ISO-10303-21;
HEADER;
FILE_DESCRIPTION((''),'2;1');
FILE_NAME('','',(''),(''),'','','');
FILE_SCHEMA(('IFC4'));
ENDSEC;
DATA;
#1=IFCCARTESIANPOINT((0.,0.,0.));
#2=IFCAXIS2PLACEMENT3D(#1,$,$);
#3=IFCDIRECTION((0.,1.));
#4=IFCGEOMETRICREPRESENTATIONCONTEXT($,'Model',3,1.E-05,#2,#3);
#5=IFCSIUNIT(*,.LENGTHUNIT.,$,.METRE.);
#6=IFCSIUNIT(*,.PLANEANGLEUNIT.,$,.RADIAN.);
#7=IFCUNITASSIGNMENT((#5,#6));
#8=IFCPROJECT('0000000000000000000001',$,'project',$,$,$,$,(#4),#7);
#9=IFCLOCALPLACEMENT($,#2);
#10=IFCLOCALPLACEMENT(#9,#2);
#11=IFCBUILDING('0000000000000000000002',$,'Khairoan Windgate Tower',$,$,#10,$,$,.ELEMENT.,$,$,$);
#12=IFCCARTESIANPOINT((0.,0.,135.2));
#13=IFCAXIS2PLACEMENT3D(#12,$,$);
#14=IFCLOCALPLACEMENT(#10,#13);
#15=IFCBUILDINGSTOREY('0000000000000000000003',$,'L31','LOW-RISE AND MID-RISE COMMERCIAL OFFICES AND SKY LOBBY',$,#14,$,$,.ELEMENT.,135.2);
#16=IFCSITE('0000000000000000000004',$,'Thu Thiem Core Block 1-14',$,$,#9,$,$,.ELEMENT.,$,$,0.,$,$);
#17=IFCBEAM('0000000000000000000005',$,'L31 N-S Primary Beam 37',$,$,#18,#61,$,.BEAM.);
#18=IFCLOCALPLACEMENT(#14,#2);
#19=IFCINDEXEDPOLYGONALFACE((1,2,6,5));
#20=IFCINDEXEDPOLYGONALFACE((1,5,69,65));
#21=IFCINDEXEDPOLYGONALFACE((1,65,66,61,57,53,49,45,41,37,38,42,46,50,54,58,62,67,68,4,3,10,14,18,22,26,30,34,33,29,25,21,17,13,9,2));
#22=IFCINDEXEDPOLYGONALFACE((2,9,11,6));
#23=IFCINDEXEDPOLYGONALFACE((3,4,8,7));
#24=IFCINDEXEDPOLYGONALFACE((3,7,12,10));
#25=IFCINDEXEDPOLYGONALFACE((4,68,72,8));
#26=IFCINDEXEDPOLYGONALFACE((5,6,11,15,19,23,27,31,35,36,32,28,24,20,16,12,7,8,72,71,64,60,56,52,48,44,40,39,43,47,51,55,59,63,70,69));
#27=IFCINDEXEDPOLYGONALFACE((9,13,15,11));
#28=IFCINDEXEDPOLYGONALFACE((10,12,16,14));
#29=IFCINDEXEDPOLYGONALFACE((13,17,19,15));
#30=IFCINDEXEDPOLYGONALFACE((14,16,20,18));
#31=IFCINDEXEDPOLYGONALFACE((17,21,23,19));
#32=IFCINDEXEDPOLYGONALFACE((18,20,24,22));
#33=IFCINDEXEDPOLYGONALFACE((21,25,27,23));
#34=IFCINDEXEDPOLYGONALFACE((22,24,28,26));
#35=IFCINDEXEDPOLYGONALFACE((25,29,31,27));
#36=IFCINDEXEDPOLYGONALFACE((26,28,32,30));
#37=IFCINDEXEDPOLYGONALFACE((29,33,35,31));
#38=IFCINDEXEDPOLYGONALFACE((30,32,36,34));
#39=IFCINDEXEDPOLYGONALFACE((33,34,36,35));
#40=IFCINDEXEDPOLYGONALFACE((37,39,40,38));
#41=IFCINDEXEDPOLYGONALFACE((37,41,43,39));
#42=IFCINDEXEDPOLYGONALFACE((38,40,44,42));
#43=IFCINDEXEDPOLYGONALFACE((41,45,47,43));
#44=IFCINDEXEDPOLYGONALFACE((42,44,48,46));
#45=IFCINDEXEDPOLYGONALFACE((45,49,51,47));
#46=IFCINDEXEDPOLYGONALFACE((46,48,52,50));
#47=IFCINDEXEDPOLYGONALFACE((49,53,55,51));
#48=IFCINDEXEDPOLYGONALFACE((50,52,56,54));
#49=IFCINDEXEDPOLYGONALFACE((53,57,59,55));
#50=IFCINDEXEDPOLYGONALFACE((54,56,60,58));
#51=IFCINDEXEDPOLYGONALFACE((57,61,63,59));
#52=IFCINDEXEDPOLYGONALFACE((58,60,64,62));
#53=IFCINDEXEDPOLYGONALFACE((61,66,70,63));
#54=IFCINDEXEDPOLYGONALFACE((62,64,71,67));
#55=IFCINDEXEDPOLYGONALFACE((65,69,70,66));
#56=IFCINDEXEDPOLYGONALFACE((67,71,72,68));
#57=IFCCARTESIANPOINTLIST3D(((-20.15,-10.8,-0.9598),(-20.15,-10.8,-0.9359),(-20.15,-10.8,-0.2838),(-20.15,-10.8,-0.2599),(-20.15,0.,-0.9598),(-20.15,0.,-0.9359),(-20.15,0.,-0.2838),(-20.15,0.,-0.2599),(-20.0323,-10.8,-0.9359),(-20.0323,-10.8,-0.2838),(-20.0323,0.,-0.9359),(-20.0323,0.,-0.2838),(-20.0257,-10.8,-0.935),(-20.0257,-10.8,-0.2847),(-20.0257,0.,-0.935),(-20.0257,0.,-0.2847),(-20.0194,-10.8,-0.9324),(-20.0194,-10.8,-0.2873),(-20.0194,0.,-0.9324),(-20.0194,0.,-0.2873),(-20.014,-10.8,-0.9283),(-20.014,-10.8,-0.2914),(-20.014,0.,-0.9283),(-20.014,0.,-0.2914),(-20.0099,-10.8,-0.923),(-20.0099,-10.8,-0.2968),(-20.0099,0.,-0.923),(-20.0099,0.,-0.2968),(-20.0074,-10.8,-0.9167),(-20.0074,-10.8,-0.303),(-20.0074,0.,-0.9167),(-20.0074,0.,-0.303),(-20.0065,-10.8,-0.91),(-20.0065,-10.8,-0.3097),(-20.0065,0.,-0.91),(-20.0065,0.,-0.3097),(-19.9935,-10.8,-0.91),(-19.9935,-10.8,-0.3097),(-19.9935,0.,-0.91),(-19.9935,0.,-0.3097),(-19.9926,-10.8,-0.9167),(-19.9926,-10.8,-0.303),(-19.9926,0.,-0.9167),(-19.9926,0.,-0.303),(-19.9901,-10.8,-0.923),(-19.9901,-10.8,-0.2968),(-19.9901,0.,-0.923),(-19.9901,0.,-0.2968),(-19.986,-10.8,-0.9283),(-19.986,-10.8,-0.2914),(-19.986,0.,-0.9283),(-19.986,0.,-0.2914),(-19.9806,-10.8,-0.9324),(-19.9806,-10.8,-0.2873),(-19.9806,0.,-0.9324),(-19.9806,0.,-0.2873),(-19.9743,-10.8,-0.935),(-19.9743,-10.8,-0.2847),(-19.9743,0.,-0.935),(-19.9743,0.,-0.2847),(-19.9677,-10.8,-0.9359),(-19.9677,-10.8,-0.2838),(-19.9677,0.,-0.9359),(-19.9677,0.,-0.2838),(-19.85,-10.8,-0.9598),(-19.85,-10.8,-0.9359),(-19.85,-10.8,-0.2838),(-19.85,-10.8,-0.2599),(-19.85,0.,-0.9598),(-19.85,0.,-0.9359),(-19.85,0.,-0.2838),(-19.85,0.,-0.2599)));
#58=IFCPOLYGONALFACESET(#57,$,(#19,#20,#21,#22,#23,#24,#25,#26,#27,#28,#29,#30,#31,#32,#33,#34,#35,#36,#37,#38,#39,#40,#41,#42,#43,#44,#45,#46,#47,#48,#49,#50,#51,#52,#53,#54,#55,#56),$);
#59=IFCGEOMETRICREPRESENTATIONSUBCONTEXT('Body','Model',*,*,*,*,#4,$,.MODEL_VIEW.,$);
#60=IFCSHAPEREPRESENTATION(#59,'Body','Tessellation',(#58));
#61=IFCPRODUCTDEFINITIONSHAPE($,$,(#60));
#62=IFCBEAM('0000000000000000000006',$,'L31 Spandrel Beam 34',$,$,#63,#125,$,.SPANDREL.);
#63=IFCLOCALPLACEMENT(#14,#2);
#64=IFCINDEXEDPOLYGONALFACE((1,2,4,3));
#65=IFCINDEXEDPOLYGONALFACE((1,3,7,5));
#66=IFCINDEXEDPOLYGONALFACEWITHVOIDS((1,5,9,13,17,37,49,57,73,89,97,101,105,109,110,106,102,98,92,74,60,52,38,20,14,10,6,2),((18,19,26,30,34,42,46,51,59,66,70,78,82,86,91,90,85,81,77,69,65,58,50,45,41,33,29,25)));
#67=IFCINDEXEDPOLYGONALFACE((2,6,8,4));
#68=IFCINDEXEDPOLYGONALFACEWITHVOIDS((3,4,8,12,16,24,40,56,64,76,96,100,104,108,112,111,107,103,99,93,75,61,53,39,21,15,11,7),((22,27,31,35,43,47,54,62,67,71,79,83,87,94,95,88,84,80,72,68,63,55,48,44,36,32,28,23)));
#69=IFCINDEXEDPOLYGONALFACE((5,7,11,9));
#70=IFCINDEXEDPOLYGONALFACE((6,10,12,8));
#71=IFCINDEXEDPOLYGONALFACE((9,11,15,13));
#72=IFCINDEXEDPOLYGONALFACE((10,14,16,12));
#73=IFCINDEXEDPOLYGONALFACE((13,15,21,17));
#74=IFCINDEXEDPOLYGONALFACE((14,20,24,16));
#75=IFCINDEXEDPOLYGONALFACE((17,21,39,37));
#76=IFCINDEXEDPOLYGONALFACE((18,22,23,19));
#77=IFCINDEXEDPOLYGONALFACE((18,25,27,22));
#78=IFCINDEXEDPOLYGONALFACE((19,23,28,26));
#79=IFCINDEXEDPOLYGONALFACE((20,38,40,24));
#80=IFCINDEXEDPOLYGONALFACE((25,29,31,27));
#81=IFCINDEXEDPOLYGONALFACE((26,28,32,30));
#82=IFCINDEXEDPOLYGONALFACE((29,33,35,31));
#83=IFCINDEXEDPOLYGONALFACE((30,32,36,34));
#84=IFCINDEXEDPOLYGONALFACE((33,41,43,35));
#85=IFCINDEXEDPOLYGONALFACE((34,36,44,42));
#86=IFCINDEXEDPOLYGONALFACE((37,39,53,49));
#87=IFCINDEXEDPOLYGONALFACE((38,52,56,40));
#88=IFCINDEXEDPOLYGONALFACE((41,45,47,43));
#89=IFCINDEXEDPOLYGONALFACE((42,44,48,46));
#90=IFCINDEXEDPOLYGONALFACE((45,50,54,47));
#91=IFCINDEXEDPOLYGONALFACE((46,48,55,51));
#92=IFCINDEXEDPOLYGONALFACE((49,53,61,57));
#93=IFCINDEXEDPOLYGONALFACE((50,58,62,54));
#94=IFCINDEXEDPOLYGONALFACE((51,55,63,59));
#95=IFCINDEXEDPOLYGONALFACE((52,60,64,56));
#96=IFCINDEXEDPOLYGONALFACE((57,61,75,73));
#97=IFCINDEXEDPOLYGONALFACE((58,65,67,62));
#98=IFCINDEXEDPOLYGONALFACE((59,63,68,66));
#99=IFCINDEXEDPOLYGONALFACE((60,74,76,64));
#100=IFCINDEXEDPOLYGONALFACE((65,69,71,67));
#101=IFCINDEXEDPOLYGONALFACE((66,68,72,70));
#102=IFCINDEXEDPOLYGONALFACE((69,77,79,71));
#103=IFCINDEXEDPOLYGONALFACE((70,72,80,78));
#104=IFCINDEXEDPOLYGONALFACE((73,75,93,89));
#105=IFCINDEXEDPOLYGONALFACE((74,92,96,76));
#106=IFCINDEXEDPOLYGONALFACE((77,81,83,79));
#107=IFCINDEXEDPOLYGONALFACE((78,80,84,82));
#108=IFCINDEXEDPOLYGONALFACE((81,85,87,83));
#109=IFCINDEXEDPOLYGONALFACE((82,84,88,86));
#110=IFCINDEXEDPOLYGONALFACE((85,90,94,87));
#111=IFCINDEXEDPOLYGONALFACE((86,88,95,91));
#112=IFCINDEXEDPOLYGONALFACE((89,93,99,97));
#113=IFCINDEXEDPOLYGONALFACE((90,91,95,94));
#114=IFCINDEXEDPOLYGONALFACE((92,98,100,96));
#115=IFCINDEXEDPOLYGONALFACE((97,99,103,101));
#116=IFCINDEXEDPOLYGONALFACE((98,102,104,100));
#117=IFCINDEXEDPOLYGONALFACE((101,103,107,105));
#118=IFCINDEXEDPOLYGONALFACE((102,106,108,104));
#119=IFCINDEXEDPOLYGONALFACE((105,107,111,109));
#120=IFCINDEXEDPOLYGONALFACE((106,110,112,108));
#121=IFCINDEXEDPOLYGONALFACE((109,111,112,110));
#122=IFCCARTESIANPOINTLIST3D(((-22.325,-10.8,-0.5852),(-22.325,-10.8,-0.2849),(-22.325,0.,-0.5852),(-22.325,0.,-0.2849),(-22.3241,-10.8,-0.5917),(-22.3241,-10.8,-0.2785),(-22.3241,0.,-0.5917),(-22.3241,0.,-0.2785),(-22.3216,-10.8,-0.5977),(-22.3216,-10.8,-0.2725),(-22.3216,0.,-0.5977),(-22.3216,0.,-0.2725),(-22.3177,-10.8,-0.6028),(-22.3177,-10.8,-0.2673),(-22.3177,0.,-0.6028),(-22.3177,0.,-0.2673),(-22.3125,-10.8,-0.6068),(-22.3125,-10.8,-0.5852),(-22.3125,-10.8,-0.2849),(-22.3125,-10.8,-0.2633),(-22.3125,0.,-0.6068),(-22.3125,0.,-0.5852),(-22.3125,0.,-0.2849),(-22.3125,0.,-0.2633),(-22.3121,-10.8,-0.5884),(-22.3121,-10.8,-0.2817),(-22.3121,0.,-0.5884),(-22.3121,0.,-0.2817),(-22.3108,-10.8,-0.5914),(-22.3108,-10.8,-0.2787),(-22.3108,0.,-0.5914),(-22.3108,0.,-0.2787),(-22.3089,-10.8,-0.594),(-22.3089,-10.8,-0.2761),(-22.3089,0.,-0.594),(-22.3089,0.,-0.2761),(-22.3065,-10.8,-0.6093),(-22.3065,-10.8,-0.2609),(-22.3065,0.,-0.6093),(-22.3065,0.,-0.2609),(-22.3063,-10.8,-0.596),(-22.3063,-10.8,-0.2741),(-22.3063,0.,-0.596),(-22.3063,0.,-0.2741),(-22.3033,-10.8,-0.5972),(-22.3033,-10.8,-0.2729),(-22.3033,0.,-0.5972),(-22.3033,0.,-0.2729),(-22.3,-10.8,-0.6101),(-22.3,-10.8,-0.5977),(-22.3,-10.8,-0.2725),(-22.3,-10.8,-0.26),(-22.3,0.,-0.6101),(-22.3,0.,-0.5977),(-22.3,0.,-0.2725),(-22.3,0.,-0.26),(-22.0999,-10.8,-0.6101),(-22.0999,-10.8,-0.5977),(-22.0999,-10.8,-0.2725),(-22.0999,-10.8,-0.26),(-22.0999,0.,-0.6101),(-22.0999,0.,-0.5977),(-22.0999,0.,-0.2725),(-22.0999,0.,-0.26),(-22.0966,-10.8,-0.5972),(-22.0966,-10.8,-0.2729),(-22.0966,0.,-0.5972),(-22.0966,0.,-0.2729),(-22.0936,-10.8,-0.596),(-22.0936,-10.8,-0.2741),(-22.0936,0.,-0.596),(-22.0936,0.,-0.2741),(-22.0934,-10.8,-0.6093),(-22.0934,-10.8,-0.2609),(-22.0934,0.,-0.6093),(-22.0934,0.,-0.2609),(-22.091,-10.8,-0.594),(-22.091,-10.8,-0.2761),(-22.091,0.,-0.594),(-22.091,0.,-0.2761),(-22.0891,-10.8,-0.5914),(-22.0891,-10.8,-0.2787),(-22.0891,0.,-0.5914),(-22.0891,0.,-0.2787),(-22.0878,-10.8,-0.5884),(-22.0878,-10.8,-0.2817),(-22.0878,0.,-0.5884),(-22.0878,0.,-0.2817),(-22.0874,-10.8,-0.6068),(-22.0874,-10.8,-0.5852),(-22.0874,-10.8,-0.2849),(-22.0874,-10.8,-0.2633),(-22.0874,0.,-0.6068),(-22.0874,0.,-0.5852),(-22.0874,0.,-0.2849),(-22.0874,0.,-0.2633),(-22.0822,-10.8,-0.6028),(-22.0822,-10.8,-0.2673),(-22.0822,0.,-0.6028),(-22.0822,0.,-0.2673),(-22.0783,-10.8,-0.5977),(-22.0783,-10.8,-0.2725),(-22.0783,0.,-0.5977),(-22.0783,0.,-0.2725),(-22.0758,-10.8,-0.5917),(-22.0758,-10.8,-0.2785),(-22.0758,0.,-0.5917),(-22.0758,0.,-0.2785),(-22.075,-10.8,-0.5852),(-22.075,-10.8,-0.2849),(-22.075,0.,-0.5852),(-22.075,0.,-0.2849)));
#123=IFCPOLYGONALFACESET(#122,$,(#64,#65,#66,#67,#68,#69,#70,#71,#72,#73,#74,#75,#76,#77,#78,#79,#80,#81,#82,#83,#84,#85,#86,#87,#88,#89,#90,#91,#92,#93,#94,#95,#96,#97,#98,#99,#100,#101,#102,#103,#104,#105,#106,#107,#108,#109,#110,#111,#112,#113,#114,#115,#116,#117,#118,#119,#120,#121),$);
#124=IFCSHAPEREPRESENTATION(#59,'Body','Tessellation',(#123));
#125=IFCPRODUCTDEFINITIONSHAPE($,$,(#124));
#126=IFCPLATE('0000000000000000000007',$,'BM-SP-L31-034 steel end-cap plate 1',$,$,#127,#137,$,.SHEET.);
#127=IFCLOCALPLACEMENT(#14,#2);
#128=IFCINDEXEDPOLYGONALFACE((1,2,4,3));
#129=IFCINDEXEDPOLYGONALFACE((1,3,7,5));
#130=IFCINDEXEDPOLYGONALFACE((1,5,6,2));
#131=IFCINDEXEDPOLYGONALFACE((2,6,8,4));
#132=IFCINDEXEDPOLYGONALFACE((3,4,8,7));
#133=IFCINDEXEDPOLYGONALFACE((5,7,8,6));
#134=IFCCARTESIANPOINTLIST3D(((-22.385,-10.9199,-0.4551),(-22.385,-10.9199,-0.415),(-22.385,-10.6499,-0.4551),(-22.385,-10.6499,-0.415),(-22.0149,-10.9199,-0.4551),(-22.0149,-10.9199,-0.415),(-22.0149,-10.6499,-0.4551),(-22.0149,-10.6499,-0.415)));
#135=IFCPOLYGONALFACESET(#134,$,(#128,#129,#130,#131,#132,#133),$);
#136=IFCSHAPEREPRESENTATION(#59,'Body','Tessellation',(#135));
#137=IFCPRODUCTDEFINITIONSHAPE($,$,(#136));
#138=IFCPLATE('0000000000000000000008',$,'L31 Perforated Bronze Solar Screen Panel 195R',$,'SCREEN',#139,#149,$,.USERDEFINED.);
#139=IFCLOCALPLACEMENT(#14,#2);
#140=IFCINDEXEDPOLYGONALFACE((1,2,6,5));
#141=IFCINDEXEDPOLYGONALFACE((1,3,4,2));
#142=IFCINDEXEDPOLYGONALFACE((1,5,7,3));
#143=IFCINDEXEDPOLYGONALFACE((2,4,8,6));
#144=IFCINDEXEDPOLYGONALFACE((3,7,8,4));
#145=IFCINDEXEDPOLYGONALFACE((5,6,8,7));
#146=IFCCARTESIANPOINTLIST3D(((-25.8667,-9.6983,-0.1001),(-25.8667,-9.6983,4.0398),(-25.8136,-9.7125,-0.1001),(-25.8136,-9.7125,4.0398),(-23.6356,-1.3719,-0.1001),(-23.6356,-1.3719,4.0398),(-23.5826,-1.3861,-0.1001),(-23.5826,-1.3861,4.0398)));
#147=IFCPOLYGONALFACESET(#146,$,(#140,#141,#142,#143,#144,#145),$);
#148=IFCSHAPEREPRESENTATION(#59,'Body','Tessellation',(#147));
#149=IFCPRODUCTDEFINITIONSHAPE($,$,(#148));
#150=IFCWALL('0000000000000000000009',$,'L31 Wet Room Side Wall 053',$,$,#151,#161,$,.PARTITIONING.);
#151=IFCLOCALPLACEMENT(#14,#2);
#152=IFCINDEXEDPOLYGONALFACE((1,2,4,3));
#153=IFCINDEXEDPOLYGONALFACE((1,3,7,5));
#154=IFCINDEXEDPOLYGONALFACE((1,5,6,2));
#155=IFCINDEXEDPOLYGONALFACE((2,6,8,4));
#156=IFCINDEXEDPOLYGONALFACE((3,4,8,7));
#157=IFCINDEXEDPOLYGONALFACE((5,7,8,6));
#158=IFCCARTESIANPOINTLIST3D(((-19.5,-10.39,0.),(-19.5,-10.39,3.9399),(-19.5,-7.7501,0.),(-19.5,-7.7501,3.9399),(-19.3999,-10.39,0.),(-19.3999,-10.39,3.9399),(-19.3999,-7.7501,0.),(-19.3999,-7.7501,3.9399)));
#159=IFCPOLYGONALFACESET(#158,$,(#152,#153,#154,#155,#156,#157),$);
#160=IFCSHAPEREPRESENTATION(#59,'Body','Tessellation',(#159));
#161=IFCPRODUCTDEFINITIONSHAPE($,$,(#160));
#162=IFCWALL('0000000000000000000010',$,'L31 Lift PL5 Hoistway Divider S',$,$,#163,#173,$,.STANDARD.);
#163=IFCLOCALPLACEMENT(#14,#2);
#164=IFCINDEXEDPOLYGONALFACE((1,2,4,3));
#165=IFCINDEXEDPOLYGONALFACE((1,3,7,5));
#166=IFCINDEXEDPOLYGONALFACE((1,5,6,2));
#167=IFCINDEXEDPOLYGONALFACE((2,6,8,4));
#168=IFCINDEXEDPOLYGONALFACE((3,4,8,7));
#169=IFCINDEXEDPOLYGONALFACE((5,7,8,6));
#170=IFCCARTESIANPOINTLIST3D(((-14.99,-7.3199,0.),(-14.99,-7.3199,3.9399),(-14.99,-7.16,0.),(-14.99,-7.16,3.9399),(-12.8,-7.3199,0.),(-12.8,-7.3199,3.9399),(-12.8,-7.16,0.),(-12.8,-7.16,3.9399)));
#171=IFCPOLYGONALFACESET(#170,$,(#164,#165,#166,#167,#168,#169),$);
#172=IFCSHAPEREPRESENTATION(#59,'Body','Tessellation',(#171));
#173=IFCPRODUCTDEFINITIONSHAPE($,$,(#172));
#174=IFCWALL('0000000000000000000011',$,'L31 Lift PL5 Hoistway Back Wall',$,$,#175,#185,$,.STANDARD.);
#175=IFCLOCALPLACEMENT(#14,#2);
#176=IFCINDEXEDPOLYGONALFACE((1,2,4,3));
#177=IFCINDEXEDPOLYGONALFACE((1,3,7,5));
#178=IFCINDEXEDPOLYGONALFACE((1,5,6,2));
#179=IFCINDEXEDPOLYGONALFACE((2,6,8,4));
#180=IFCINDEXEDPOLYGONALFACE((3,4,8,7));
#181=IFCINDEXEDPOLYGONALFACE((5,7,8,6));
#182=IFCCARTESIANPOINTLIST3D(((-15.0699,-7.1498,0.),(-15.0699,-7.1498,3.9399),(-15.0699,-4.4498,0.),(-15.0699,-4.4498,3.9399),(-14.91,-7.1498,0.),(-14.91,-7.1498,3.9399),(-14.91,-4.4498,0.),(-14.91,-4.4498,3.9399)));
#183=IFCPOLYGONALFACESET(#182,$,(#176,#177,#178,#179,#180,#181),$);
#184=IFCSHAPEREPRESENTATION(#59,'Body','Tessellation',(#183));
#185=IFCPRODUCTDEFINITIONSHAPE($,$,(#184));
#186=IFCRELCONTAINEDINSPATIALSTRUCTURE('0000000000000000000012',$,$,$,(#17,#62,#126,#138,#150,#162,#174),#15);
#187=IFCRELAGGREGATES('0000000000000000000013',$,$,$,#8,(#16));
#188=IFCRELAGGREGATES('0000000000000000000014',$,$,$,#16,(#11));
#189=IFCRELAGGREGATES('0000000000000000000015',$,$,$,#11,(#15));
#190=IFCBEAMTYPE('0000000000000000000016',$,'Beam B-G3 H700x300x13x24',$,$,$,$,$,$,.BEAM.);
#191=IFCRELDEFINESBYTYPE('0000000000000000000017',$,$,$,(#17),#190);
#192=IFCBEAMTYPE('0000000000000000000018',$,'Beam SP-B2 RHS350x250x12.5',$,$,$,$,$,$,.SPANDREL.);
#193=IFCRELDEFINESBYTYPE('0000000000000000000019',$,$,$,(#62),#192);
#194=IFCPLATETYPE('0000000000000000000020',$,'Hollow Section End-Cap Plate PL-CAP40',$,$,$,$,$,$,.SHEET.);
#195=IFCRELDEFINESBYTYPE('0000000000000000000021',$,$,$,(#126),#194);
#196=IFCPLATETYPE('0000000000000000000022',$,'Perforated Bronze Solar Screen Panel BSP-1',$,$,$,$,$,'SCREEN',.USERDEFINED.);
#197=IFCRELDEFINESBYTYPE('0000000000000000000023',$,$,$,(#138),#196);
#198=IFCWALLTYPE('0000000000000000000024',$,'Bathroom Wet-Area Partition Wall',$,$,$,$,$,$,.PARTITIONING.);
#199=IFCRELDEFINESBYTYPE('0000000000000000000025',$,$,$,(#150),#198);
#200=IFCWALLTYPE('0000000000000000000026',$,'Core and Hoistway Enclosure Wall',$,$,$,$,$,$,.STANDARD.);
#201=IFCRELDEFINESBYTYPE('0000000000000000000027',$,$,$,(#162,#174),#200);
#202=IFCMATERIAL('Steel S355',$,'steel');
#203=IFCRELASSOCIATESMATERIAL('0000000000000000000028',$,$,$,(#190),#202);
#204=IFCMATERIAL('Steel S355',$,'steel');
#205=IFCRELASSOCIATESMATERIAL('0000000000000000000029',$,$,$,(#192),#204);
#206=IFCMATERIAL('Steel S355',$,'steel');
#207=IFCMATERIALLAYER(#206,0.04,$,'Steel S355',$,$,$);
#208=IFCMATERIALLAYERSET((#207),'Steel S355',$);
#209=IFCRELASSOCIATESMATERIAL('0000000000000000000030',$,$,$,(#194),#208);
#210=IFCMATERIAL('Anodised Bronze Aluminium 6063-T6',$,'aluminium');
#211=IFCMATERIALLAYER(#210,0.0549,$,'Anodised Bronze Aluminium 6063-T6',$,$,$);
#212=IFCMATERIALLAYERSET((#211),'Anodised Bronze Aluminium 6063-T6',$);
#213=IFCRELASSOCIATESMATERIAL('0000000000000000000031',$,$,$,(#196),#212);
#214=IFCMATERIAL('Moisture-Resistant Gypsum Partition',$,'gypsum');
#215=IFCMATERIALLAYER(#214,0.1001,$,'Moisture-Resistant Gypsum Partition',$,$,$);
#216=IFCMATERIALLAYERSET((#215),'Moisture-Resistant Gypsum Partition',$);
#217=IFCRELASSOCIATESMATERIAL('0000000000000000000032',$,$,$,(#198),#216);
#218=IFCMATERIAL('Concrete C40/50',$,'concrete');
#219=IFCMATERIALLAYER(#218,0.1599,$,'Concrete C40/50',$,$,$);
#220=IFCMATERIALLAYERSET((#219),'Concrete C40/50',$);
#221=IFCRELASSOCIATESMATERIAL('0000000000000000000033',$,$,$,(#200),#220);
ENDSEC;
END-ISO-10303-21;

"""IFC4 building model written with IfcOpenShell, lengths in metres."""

from ifc_helpers import new_model, si_unit, direction, frame, frame_2d, origin, origin_2d, place, context, subcontext, project, spatial, rectangle, hollow_rectangle, i_section, extrude, material, layer, layer_set, material_profile, profile_set, type_object, element, save


model = new_model("IFC4")

# Units and contexts
model_context = context("Model", 3, precision=1e-05, world=origin(), true_north=direction((0.0, 1.0)))
body_context = subcontext(model_context, "Body", "Model", "MODEL_VIEW")
ifc_project = project(units=[si_unit("LENGTHUNIT", "METRE"), si_unit("PLANEANGLEUNIT", "RADIAN")], contexts=[model_context])

# Site, building, storey
site_placement = place(None, origin())
site = spatial("IfcSite", under=ifc_project, at=site_placement, Name="Thu Thiem Core Block 1-14", CompositionType="ELEMENT", RefElevation=0.0)
building_placement = place(site_placement, origin())
building = spatial("IfcBuilding", under=site, at=building_placement, Name="Khairoan Windgate Tower", CompositionType="ELEMENT")
storey_placement = place(building_placement, frame((0.0, 0.0, 135.2)))
storey = spatial("IfcBuildingStorey", under=building, at=storey_placement, Name="L31", Description="LOW-RISE AND MID-RISE COMMERCIAL OFFICES AND SKY LOBBY", CompositionType="ELEMENT", Elevation=135.2)

# Beams
ifc_material_1 = material(Name="Steel S355", Category="steel")
ifc_material_profile_1 = material_profile(ifc_material_1, i_section(OverallWidth=0.3, OverallDepth=0.7, WebThickness=0.0129, FlangeThickness=0.0239, FilletRadius=0.0259, at=origin_2d()))
ifc_profile_set_1 = profile_set([ifc_material_profile_1], Name="Steel S355")
beam_type_1 = type_object("IfcBeamType", Name="Beam B-G3 H700x300x13x24", PredefinedType="BEAM", material=ifc_profile_set_1)
beam_1_placement = place(storey_placement, frame((-20.0, -10.8, -0.6099), z_axis=(0.0, 1.0, 0.0), x_axis=(-1.0, 0.0, 0.0)))
element("IfcBeam", 1, at=beam_1_placement, inside=storey, type_object=beam_type_1, Name="L31 N-S Primary Beam 37", PredefinedType="BEAM", context=body_context, shape_type="SweptSolid", body=[
    extrude(i_section(OverallWidth=0.3, OverallDepth=0.7, WebThickness=0.0129, FlangeThickness=0.0239, FilletRadius=0.0259, at=origin_2d()), origin(), (0.0, 0.0, 1.0), 10.8),
])
ifc_material_2 = material(Name="Steel S355", Category="steel")
ifc_material_profile_2 = material_profile(ifc_material_2, hollow_rectangle(XDim=0.25, YDim=0.3501, WallThickness=0.0125, InnerFilletRadius=0.0125, OuterFilletRadius=0.0249, at=origin_2d()))
ifc_profile_set_2 = profile_set([ifc_material_profile_2], Name="Steel S355")
beam_type_2 = type_object("IfcBeamType", Name="Beam SP-B2 RHS350x250x12.5", PredefinedType="SPANDREL", material=ifc_profile_set_2)
beam_2_placement = place(storey_placement, frame((-22.2, -10.8, -0.4351), z_axis=(0.0, 1.0, 0.0), x_axis=(-1.0, 0.0, 0.0)))
element("IfcBeam", 2, at=beam_2_placement, inside=storey, type_object=beam_type_2, Name="L31 Spandrel Beam 34", PredefinedType="SPANDREL", context=body_context, shape_type="SweptSolid", body=[
    extrude(hollow_rectangle(XDim=0.25, YDim=0.3501, WallThickness=0.0125, InnerFilletRadius=0.0125, OuterFilletRadius=0.0249, at=origin_2d()), origin(), (0.0, 0.0, 1.0), 10.8),
])

# Plates
ifc_material_3 = material(Name="Steel S355", Category="steel")
ifc_layer_1 = layer(ifc_material_3, 0.04, Name="Steel S355")
ifc_layer_set_1 = layer_set([ifc_layer_1], Name="Steel S355")
plate_type_1 = type_object("IfcPlateType", Name="Hollow Section End-Cap Plate PL-CAP40", PredefinedType="SHEET", material=ifc_layer_set_1)
plate_1_placement = place(storey_placement, frame((-22.2, -10.7849, -0.4551), z_axis=(0.0, 0.0, 1.0), x_axis=(0.0, 1.0, 0.0)))
element("IfcPlate", 3, at=plate_1_placement, inside=storey, type_object=plate_type_1, Name="BM-SP-L31-034 steel end-cap plate 1", PredefinedType="SHEET", context=body_context, shape_type="SweptSolid", body=[
    extrude(rectangle(XDim=0.27, YDim=0.3701, at=origin_2d()), origin(), (0.0, 0.0, 1.0), 0.04),
])
ifc_material_4 = material(Name="Anodised Bronze Aluminium 6063-T6", Category="aluminium")
ifc_layer_2 = layer(ifc_material_4, 0.0549, Name="Anodised Bronze Aluminium 6063-T6")
ifc_layer_set_2 = layer_set([ifc_layer_2], Name="Anodised Bronze Aluminium 6063-T6")
plate_type_2 = type_object("IfcPlateType", Name="Perforated Bronze Solar Screen Panel BSP-1", ElementType="SCREEN", PredefinedType="USERDEFINED", material=ifc_layer_set_2)
plate_2_placement = place(storey_placement, frame((-24.7246, -5.5422, -0.1001), z_axis=(0.0, 0.0, 1.0), x_axis=(0.258819, 0.965926, 0.0)))
element("IfcPlate", 4, at=plate_2_placement, inside=storey, type_object=plate_type_2, Name="L31 Perforated Bronze Solar Screen Panel 195R", ObjectType="SCREEN", PredefinedType="USERDEFINED", context=body_context, shape_type="SweptSolid", body=[
    extrude(rectangle(XDim=8.6201, YDim=0.0549, at=origin_2d()), origin(), (0.0, 0.0, 1.0), 4.1399),
])

# Walls
ifc_material_5 = material(Name="Moisture-Resistant Gypsum Partition", Category="gypsum")
ifc_layer_3 = layer(ifc_material_5, 0.1001, Name="Moisture-Resistant Gypsum Partition")
ifc_layer_set_3 = layer_set([ifc_layer_3], Name="Moisture-Resistant Gypsum Partition")
wall_type_1 = type_object("IfcWallType", Name="Bathroom Wet-Area Partition Wall", PredefinedType="PARTITIONING", material=ifc_layer_set_3)
wall_1_placement = place(storey_placement, frame((-19.45, -10.3899, 0.0), z_axis=(0.0, 0.0, 1.0), x_axis=(0.0, 1.0, 0.0)))
element("IfcWall", 5, at=wall_1_placement, inside=storey, type_object=wall_type_1, Name="L31 Wet Room Side Wall 053", PredefinedType="PARTITIONING", context=body_context, shape_type="SweptSolid", body=[
    extrude(rectangle(XDim=2.6399, YDim=0.1001, at=frame_2d((1.3198, 0.0))), origin(), (0.0, 0.0, 1.0), 3.9399),
])
ifc_material_6 = material(Name="Concrete C40/50", Category="concrete")
ifc_layer_4 = layer(ifc_material_6, 0.1599, Name="Concrete C40/50")
ifc_layer_set_4 = layer_set([ifc_layer_4], Name="Concrete C40/50")
wall_type_2 = type_object("IfcWallType", Name="Core and Hoistway Enclosure Wall", PredefinedType="STANDARD", material=ifc_layer_set_4)
wall_2_placement = place(storey_placement, frame((-14.99, -7.24, 0.0), z_axis=(0.0, 0.0, 1.0), x_axis=(1.0, 0.0, 0.0)))
element("IfcWall", 6, at=wall_2_placement, inside=storey, type_object=wall_type_2, Name="L31 Lift PL5 Hoistway Divider S", PredefinedType="STANDARD", context=body_context, shape_type="SweptSolid", body=[
    extrude(rectangle(XDim=2.1899, YDim=0.1599, at=frame_2d((1.095, 0.0))), origin(), (0.0, 0.0, 1.0), 3.9399),
])
wall_3_placement = place(storey_placement, frame((-14.99, -7.1499, 0.0), z_axis=(0.0, 0.0, 1.0), x_axis=(0.0, 1.0, 0.0)))
element("IfcWall", 7, at=wall_3_placement, inside=storey, type_object=wall_type_2, Name="L31 Lift PL5 Hoistway Back Wall", PredefinedType="STANDARD", context=body_context, shape_type="SweptSolid", body=[
    extrude(rectangle(XDim=2.7, YDim=0.1599, at=frame_2d((1.3501, 0.0))), origin(), (0.0, 0.0, 1.0), 3.9399),
])

save(model, "model.ifc")
